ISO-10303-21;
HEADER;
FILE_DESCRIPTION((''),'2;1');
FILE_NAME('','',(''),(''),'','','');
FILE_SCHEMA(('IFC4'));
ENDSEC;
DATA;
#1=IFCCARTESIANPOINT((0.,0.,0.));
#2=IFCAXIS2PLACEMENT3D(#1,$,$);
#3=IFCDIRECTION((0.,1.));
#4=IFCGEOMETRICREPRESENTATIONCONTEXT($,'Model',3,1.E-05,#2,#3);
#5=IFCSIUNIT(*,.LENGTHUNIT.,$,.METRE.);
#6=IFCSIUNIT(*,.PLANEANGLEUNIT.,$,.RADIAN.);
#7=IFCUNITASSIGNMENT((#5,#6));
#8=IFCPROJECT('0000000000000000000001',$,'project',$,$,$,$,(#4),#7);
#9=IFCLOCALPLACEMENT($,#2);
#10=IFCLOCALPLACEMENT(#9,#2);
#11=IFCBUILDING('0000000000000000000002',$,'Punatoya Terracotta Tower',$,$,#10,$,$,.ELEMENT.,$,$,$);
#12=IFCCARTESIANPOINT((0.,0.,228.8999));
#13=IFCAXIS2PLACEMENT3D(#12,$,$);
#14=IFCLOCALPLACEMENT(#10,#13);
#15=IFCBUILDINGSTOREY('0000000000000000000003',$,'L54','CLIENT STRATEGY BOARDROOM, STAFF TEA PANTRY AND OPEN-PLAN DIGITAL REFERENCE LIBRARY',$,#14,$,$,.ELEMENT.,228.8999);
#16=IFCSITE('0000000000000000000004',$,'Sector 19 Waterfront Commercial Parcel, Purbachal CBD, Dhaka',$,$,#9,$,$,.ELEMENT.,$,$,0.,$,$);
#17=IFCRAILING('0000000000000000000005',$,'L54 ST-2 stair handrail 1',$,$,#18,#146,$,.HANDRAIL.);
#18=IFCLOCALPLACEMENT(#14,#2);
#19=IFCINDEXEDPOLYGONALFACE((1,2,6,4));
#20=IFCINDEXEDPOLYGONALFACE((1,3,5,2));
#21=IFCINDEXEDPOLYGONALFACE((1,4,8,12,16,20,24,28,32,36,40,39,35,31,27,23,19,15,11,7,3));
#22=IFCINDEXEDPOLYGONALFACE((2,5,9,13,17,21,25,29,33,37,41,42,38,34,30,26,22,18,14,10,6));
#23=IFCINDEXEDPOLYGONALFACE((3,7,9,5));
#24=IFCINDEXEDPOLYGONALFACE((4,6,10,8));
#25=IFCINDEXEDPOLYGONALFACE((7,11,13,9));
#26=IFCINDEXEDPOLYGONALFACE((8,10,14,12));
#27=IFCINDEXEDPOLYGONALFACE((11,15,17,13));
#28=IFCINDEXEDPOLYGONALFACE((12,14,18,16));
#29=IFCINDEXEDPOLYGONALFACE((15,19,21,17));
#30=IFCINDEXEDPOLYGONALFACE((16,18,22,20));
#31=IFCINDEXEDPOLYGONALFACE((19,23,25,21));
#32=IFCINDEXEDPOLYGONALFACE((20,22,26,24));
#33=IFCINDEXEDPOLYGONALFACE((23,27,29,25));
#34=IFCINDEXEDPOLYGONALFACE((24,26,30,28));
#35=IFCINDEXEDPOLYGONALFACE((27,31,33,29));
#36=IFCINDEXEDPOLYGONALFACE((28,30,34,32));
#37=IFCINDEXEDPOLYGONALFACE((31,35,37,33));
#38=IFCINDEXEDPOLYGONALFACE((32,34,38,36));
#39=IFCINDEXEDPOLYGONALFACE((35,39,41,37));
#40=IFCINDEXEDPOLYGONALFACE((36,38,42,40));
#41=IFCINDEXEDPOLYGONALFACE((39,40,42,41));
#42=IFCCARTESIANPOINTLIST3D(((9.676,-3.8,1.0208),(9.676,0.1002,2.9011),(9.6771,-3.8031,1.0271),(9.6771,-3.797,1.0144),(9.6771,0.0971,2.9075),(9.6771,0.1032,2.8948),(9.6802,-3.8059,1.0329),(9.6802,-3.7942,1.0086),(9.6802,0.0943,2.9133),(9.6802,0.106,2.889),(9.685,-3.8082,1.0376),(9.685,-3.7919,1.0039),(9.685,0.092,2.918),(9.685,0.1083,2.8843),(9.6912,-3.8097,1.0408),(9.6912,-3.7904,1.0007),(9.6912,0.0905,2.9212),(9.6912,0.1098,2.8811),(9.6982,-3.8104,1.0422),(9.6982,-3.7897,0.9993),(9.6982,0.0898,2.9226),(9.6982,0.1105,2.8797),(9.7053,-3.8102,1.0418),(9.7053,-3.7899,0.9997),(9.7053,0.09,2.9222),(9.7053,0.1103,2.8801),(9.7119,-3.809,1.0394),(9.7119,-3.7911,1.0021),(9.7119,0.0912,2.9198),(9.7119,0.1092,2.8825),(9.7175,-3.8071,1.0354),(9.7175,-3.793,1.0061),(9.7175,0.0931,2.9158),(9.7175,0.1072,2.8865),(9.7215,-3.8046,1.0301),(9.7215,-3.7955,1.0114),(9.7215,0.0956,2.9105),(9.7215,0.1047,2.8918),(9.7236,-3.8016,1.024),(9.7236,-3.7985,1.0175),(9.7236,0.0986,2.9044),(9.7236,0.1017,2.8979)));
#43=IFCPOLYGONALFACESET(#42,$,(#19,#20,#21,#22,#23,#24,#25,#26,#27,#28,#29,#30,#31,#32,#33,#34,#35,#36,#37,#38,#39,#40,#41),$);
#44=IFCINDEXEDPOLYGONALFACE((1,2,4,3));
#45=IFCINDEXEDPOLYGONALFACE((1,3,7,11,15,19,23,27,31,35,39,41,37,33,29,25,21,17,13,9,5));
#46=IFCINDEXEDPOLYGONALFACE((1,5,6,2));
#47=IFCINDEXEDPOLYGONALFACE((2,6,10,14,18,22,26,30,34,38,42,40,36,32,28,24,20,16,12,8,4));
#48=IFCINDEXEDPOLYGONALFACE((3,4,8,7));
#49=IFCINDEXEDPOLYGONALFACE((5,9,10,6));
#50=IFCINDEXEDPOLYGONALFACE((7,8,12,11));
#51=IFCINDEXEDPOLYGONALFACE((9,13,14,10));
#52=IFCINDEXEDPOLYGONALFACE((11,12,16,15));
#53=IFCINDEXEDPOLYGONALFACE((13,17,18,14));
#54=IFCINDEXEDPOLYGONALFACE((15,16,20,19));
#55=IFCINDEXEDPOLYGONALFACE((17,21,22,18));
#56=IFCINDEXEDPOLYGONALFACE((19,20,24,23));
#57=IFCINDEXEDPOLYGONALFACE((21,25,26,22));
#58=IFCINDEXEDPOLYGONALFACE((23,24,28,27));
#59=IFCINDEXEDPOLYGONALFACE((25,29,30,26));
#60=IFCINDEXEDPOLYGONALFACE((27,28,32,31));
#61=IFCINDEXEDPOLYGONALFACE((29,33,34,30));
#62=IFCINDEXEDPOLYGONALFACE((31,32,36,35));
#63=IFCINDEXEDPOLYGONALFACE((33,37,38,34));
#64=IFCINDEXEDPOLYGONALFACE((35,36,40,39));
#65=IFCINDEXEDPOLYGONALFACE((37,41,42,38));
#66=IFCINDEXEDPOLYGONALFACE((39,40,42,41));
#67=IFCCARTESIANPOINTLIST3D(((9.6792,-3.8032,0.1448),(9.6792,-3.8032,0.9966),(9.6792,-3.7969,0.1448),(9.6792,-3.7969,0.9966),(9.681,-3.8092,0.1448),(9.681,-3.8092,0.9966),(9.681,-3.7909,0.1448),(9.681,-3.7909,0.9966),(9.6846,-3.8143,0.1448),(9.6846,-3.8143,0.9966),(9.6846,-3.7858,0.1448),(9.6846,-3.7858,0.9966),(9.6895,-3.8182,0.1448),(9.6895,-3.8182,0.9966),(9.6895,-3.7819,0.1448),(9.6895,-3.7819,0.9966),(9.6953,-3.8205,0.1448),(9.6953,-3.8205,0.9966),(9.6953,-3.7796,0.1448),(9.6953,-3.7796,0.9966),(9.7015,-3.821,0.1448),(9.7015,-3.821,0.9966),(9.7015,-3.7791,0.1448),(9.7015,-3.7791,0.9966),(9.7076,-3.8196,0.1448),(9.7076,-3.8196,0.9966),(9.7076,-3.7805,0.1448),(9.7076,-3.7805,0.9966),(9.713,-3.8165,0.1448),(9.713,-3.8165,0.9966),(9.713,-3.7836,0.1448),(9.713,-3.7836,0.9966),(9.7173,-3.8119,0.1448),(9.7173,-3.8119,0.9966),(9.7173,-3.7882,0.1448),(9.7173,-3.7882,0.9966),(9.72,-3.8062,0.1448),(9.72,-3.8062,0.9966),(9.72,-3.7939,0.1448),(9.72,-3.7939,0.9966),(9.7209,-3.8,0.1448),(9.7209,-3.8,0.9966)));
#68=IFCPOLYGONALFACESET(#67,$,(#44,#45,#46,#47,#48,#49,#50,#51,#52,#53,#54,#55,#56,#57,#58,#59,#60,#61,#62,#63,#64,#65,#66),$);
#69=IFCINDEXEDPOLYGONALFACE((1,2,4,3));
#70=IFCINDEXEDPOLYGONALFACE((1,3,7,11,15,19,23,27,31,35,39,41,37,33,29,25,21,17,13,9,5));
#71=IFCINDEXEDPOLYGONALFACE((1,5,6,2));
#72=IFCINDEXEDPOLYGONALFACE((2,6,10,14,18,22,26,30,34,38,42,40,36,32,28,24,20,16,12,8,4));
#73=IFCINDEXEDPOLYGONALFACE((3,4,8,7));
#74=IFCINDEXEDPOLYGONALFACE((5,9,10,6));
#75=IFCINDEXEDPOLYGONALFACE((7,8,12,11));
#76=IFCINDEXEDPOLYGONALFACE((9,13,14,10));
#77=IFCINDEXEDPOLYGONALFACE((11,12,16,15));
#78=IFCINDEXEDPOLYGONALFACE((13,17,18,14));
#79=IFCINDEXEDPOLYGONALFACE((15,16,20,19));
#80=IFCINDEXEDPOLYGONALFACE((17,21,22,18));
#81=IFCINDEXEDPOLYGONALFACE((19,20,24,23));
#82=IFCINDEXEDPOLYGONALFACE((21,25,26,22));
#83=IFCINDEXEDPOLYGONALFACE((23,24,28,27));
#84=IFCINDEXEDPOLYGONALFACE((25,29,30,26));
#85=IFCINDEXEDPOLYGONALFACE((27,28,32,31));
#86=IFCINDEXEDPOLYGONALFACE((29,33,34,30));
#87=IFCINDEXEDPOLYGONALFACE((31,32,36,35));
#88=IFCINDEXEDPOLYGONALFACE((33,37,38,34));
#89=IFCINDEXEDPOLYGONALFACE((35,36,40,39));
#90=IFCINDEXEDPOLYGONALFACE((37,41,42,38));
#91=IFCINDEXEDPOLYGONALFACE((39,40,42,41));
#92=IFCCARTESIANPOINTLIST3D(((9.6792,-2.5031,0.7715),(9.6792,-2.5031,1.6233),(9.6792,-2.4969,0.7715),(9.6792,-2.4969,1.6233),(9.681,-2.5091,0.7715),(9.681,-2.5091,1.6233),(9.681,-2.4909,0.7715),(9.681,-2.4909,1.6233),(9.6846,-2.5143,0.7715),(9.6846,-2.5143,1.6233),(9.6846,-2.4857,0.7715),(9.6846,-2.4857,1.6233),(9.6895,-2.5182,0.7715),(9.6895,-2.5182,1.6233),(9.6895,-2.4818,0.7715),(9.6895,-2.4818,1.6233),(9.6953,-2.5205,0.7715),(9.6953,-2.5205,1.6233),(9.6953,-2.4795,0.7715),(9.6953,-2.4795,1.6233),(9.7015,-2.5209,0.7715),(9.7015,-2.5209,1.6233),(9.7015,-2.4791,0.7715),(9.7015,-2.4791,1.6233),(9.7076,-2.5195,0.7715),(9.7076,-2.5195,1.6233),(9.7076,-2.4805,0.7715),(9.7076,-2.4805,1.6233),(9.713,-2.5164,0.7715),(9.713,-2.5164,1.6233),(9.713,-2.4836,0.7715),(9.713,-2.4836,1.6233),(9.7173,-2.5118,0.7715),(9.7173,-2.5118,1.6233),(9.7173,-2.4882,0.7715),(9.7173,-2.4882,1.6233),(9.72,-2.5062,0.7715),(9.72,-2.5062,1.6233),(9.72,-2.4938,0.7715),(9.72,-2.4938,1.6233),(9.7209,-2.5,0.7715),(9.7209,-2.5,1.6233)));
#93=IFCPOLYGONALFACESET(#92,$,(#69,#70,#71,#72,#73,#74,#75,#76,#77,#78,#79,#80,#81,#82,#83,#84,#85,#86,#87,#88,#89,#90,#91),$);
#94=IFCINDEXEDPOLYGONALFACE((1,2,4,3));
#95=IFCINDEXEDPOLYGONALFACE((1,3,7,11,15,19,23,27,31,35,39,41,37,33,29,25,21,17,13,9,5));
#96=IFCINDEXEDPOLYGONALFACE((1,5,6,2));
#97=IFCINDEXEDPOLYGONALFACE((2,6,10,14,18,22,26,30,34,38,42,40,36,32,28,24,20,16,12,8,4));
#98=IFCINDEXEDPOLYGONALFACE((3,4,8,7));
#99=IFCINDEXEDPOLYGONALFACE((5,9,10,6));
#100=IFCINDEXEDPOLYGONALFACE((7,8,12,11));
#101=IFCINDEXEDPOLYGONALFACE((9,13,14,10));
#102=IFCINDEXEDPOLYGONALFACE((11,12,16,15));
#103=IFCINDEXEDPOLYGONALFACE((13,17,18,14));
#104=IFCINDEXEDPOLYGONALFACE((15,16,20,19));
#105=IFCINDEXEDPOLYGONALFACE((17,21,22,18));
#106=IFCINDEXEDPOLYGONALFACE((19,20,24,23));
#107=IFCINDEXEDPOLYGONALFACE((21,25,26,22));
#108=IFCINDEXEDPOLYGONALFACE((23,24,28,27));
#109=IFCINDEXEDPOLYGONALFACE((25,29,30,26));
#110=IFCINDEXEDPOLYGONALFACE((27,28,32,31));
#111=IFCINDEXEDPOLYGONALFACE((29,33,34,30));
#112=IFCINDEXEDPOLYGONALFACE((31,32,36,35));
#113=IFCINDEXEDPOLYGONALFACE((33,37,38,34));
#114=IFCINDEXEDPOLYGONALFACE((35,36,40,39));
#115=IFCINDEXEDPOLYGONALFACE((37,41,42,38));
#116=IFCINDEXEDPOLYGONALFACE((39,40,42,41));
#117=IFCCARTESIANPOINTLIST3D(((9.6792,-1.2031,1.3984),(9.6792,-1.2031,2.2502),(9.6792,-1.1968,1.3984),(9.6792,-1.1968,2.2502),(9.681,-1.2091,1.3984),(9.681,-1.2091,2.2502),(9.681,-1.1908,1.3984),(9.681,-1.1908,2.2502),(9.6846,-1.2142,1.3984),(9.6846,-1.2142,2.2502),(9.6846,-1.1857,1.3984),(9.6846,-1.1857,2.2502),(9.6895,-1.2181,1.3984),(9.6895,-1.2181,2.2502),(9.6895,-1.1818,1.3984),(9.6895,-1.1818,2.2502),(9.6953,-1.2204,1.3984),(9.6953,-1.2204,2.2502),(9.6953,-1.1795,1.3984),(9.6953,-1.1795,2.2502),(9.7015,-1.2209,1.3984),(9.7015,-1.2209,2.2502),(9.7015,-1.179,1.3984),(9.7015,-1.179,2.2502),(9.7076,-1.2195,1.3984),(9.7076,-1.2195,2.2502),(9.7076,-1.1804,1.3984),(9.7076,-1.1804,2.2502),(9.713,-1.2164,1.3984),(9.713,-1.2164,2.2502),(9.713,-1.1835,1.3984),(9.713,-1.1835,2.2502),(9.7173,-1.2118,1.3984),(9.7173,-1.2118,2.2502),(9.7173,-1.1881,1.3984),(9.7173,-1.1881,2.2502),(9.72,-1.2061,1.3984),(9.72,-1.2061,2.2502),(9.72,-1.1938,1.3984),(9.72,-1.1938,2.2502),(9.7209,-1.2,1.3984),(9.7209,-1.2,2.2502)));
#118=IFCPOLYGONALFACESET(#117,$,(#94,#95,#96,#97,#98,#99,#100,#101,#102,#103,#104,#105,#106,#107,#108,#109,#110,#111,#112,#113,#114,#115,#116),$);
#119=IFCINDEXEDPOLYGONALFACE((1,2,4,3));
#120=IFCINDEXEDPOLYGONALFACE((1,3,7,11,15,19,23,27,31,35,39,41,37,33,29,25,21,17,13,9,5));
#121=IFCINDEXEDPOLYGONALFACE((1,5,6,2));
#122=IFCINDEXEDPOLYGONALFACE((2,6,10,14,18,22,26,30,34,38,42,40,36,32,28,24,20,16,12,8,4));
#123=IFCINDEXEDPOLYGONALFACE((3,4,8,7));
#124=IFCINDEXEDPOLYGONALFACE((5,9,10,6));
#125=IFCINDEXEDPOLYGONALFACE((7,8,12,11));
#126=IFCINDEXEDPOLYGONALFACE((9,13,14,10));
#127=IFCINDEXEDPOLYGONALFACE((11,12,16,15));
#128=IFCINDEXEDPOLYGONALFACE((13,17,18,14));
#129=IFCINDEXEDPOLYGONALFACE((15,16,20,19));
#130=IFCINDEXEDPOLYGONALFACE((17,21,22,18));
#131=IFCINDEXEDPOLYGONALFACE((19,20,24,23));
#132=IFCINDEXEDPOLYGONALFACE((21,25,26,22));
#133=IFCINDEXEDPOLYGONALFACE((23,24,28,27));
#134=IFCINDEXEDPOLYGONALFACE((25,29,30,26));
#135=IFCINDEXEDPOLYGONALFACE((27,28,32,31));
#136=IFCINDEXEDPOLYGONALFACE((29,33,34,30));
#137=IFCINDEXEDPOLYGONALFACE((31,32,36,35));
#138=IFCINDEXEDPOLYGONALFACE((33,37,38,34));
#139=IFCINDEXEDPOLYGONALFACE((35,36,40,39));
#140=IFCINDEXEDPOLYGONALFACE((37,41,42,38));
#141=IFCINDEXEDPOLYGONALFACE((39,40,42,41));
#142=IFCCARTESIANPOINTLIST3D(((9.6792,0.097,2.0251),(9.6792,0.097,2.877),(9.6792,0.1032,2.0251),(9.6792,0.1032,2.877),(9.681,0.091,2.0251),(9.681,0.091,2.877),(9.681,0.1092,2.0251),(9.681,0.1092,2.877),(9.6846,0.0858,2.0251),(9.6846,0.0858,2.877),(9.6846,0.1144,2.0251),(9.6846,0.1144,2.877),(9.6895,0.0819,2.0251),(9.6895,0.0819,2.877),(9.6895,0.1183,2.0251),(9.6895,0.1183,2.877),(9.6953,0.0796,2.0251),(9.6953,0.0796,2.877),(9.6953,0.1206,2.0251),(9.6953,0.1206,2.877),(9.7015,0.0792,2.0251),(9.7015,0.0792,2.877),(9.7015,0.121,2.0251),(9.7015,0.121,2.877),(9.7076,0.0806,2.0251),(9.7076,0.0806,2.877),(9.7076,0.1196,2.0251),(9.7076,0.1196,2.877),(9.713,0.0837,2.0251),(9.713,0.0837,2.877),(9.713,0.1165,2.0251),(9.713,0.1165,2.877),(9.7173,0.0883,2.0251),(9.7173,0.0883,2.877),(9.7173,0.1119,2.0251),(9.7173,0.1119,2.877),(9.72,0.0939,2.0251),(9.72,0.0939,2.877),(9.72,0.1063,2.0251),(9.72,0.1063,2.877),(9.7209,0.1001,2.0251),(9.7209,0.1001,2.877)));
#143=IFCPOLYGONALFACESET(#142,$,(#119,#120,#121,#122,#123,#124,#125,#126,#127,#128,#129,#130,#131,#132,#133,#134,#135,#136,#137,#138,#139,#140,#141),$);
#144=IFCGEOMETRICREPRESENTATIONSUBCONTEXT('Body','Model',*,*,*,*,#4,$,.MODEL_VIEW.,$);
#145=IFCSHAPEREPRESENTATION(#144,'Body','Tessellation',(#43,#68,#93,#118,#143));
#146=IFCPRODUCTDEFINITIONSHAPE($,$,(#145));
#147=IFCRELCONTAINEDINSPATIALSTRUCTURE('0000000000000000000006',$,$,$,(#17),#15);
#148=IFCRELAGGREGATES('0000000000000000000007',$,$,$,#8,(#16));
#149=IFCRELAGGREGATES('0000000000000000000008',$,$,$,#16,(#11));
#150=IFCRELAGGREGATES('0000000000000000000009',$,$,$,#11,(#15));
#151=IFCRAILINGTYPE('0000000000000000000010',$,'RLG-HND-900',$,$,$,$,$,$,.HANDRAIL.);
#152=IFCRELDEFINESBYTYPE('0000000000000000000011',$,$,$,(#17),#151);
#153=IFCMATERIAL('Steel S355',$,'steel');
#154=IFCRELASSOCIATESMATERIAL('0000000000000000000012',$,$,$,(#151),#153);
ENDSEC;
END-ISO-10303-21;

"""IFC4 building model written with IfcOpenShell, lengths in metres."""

from ifc_helpers import new_model, si_unit, direction, frame, origin, origin_2d, place, context, subcontext, project, spatial, circle, extrude, material, type_object, element, save


model = new_model("IFC4")

# Units and contexts
model_context = context("Model", 3, precision=1e-05, world=origin(), true_north=direction((0.0, 1.0)))
body_context = subcontext(model_context, "Body", "Model", "MODEL_VIEW")
ifc_project = project(units=[si_unit("LENGTHUNIT", "METRE"), si_unit("PLANEANGLEUNIT", "RADIAN")], contexts=[model_context])

# Site, building, storey
site_placement = place(None, origin())
site = spatial("IfcSite", under=ifc_project, at=site_placement, Name="Sector 19 Waterfront Commercial Parcel, Purbachal CBD, Dhaka", CompositionType="ELEMENT", RefElevation=0.0)
building_placement = place(site_placement, origin())
building = spatial("IfcBuilding", under=site, at=building_placement, Name="Punatoya Terracotta Tower", CompositionType="ELEMENT")
storey_placement = place(building_placement, frame((0.0, 0.0, 228.8999)))
storey = spatial("IfcBuildingStorey", under=building, at=storey_placement, Name="L54", Description="CLIENT STRATEGY BOARDROOM, STAFF TEA PANTRY AND OPEN-PLAN DIGITAL REFERENCE LIBRARY", CompositionType="ELEMENT", Elevation=228.8999)

# Railing
ifc_material_1 = material(Name="Steel S355", Category="steel")
railing_type_1 = type_object("IfcRailingType", Name="RLG-HND-900", PredefinedType="HANDRAIL", material=ifc_material_1)
railing_1_placement = place(storey_placement, frame((9.7, -3.8, 0.1448)))
element("IfcRailing", 1, at=railing_1_placement, inside=storey, type_object=railing_type_1, Name="L54 ST-2 stair handrail 1", PredefinedType="HANDRAIL", context=body_context, shape_type="SweptSolid", body=[
    extrude(circle(Radius=0.0239, at=origin_2d()), frame((0.0, 0.0, 0.876), z_axis=(0.0, 0.900774, 0.434289), x_axis=(-1.0, 0.0, 0.0)), (0.0, 0.0, 1.0), 4.3298),
    extrude(circle(Radius=0.021, at=origin_2d()), origin(), (0.0, 0.0, 1.0), 0.8518),
    extrude(circle(Radius=0.021, at=origin_2d()), frame((0.0, 1.3, 0.6267)), (0.0, 0.0, 1.0), 0.8518),
    extrude(circle(Radius=0.021, at=origin_2d()), frame((0.0, 2.6001, 1.2537)), (0.0, 0.0, 1.0), 0.8518),
    extrude(circle(Radius=0.021, at=origin_2d()), frame((0.0, 3.9001, 1.8804)), (0.0, 0.0, 1.0), 0.8518),
])

save(model, "model.ifc")
